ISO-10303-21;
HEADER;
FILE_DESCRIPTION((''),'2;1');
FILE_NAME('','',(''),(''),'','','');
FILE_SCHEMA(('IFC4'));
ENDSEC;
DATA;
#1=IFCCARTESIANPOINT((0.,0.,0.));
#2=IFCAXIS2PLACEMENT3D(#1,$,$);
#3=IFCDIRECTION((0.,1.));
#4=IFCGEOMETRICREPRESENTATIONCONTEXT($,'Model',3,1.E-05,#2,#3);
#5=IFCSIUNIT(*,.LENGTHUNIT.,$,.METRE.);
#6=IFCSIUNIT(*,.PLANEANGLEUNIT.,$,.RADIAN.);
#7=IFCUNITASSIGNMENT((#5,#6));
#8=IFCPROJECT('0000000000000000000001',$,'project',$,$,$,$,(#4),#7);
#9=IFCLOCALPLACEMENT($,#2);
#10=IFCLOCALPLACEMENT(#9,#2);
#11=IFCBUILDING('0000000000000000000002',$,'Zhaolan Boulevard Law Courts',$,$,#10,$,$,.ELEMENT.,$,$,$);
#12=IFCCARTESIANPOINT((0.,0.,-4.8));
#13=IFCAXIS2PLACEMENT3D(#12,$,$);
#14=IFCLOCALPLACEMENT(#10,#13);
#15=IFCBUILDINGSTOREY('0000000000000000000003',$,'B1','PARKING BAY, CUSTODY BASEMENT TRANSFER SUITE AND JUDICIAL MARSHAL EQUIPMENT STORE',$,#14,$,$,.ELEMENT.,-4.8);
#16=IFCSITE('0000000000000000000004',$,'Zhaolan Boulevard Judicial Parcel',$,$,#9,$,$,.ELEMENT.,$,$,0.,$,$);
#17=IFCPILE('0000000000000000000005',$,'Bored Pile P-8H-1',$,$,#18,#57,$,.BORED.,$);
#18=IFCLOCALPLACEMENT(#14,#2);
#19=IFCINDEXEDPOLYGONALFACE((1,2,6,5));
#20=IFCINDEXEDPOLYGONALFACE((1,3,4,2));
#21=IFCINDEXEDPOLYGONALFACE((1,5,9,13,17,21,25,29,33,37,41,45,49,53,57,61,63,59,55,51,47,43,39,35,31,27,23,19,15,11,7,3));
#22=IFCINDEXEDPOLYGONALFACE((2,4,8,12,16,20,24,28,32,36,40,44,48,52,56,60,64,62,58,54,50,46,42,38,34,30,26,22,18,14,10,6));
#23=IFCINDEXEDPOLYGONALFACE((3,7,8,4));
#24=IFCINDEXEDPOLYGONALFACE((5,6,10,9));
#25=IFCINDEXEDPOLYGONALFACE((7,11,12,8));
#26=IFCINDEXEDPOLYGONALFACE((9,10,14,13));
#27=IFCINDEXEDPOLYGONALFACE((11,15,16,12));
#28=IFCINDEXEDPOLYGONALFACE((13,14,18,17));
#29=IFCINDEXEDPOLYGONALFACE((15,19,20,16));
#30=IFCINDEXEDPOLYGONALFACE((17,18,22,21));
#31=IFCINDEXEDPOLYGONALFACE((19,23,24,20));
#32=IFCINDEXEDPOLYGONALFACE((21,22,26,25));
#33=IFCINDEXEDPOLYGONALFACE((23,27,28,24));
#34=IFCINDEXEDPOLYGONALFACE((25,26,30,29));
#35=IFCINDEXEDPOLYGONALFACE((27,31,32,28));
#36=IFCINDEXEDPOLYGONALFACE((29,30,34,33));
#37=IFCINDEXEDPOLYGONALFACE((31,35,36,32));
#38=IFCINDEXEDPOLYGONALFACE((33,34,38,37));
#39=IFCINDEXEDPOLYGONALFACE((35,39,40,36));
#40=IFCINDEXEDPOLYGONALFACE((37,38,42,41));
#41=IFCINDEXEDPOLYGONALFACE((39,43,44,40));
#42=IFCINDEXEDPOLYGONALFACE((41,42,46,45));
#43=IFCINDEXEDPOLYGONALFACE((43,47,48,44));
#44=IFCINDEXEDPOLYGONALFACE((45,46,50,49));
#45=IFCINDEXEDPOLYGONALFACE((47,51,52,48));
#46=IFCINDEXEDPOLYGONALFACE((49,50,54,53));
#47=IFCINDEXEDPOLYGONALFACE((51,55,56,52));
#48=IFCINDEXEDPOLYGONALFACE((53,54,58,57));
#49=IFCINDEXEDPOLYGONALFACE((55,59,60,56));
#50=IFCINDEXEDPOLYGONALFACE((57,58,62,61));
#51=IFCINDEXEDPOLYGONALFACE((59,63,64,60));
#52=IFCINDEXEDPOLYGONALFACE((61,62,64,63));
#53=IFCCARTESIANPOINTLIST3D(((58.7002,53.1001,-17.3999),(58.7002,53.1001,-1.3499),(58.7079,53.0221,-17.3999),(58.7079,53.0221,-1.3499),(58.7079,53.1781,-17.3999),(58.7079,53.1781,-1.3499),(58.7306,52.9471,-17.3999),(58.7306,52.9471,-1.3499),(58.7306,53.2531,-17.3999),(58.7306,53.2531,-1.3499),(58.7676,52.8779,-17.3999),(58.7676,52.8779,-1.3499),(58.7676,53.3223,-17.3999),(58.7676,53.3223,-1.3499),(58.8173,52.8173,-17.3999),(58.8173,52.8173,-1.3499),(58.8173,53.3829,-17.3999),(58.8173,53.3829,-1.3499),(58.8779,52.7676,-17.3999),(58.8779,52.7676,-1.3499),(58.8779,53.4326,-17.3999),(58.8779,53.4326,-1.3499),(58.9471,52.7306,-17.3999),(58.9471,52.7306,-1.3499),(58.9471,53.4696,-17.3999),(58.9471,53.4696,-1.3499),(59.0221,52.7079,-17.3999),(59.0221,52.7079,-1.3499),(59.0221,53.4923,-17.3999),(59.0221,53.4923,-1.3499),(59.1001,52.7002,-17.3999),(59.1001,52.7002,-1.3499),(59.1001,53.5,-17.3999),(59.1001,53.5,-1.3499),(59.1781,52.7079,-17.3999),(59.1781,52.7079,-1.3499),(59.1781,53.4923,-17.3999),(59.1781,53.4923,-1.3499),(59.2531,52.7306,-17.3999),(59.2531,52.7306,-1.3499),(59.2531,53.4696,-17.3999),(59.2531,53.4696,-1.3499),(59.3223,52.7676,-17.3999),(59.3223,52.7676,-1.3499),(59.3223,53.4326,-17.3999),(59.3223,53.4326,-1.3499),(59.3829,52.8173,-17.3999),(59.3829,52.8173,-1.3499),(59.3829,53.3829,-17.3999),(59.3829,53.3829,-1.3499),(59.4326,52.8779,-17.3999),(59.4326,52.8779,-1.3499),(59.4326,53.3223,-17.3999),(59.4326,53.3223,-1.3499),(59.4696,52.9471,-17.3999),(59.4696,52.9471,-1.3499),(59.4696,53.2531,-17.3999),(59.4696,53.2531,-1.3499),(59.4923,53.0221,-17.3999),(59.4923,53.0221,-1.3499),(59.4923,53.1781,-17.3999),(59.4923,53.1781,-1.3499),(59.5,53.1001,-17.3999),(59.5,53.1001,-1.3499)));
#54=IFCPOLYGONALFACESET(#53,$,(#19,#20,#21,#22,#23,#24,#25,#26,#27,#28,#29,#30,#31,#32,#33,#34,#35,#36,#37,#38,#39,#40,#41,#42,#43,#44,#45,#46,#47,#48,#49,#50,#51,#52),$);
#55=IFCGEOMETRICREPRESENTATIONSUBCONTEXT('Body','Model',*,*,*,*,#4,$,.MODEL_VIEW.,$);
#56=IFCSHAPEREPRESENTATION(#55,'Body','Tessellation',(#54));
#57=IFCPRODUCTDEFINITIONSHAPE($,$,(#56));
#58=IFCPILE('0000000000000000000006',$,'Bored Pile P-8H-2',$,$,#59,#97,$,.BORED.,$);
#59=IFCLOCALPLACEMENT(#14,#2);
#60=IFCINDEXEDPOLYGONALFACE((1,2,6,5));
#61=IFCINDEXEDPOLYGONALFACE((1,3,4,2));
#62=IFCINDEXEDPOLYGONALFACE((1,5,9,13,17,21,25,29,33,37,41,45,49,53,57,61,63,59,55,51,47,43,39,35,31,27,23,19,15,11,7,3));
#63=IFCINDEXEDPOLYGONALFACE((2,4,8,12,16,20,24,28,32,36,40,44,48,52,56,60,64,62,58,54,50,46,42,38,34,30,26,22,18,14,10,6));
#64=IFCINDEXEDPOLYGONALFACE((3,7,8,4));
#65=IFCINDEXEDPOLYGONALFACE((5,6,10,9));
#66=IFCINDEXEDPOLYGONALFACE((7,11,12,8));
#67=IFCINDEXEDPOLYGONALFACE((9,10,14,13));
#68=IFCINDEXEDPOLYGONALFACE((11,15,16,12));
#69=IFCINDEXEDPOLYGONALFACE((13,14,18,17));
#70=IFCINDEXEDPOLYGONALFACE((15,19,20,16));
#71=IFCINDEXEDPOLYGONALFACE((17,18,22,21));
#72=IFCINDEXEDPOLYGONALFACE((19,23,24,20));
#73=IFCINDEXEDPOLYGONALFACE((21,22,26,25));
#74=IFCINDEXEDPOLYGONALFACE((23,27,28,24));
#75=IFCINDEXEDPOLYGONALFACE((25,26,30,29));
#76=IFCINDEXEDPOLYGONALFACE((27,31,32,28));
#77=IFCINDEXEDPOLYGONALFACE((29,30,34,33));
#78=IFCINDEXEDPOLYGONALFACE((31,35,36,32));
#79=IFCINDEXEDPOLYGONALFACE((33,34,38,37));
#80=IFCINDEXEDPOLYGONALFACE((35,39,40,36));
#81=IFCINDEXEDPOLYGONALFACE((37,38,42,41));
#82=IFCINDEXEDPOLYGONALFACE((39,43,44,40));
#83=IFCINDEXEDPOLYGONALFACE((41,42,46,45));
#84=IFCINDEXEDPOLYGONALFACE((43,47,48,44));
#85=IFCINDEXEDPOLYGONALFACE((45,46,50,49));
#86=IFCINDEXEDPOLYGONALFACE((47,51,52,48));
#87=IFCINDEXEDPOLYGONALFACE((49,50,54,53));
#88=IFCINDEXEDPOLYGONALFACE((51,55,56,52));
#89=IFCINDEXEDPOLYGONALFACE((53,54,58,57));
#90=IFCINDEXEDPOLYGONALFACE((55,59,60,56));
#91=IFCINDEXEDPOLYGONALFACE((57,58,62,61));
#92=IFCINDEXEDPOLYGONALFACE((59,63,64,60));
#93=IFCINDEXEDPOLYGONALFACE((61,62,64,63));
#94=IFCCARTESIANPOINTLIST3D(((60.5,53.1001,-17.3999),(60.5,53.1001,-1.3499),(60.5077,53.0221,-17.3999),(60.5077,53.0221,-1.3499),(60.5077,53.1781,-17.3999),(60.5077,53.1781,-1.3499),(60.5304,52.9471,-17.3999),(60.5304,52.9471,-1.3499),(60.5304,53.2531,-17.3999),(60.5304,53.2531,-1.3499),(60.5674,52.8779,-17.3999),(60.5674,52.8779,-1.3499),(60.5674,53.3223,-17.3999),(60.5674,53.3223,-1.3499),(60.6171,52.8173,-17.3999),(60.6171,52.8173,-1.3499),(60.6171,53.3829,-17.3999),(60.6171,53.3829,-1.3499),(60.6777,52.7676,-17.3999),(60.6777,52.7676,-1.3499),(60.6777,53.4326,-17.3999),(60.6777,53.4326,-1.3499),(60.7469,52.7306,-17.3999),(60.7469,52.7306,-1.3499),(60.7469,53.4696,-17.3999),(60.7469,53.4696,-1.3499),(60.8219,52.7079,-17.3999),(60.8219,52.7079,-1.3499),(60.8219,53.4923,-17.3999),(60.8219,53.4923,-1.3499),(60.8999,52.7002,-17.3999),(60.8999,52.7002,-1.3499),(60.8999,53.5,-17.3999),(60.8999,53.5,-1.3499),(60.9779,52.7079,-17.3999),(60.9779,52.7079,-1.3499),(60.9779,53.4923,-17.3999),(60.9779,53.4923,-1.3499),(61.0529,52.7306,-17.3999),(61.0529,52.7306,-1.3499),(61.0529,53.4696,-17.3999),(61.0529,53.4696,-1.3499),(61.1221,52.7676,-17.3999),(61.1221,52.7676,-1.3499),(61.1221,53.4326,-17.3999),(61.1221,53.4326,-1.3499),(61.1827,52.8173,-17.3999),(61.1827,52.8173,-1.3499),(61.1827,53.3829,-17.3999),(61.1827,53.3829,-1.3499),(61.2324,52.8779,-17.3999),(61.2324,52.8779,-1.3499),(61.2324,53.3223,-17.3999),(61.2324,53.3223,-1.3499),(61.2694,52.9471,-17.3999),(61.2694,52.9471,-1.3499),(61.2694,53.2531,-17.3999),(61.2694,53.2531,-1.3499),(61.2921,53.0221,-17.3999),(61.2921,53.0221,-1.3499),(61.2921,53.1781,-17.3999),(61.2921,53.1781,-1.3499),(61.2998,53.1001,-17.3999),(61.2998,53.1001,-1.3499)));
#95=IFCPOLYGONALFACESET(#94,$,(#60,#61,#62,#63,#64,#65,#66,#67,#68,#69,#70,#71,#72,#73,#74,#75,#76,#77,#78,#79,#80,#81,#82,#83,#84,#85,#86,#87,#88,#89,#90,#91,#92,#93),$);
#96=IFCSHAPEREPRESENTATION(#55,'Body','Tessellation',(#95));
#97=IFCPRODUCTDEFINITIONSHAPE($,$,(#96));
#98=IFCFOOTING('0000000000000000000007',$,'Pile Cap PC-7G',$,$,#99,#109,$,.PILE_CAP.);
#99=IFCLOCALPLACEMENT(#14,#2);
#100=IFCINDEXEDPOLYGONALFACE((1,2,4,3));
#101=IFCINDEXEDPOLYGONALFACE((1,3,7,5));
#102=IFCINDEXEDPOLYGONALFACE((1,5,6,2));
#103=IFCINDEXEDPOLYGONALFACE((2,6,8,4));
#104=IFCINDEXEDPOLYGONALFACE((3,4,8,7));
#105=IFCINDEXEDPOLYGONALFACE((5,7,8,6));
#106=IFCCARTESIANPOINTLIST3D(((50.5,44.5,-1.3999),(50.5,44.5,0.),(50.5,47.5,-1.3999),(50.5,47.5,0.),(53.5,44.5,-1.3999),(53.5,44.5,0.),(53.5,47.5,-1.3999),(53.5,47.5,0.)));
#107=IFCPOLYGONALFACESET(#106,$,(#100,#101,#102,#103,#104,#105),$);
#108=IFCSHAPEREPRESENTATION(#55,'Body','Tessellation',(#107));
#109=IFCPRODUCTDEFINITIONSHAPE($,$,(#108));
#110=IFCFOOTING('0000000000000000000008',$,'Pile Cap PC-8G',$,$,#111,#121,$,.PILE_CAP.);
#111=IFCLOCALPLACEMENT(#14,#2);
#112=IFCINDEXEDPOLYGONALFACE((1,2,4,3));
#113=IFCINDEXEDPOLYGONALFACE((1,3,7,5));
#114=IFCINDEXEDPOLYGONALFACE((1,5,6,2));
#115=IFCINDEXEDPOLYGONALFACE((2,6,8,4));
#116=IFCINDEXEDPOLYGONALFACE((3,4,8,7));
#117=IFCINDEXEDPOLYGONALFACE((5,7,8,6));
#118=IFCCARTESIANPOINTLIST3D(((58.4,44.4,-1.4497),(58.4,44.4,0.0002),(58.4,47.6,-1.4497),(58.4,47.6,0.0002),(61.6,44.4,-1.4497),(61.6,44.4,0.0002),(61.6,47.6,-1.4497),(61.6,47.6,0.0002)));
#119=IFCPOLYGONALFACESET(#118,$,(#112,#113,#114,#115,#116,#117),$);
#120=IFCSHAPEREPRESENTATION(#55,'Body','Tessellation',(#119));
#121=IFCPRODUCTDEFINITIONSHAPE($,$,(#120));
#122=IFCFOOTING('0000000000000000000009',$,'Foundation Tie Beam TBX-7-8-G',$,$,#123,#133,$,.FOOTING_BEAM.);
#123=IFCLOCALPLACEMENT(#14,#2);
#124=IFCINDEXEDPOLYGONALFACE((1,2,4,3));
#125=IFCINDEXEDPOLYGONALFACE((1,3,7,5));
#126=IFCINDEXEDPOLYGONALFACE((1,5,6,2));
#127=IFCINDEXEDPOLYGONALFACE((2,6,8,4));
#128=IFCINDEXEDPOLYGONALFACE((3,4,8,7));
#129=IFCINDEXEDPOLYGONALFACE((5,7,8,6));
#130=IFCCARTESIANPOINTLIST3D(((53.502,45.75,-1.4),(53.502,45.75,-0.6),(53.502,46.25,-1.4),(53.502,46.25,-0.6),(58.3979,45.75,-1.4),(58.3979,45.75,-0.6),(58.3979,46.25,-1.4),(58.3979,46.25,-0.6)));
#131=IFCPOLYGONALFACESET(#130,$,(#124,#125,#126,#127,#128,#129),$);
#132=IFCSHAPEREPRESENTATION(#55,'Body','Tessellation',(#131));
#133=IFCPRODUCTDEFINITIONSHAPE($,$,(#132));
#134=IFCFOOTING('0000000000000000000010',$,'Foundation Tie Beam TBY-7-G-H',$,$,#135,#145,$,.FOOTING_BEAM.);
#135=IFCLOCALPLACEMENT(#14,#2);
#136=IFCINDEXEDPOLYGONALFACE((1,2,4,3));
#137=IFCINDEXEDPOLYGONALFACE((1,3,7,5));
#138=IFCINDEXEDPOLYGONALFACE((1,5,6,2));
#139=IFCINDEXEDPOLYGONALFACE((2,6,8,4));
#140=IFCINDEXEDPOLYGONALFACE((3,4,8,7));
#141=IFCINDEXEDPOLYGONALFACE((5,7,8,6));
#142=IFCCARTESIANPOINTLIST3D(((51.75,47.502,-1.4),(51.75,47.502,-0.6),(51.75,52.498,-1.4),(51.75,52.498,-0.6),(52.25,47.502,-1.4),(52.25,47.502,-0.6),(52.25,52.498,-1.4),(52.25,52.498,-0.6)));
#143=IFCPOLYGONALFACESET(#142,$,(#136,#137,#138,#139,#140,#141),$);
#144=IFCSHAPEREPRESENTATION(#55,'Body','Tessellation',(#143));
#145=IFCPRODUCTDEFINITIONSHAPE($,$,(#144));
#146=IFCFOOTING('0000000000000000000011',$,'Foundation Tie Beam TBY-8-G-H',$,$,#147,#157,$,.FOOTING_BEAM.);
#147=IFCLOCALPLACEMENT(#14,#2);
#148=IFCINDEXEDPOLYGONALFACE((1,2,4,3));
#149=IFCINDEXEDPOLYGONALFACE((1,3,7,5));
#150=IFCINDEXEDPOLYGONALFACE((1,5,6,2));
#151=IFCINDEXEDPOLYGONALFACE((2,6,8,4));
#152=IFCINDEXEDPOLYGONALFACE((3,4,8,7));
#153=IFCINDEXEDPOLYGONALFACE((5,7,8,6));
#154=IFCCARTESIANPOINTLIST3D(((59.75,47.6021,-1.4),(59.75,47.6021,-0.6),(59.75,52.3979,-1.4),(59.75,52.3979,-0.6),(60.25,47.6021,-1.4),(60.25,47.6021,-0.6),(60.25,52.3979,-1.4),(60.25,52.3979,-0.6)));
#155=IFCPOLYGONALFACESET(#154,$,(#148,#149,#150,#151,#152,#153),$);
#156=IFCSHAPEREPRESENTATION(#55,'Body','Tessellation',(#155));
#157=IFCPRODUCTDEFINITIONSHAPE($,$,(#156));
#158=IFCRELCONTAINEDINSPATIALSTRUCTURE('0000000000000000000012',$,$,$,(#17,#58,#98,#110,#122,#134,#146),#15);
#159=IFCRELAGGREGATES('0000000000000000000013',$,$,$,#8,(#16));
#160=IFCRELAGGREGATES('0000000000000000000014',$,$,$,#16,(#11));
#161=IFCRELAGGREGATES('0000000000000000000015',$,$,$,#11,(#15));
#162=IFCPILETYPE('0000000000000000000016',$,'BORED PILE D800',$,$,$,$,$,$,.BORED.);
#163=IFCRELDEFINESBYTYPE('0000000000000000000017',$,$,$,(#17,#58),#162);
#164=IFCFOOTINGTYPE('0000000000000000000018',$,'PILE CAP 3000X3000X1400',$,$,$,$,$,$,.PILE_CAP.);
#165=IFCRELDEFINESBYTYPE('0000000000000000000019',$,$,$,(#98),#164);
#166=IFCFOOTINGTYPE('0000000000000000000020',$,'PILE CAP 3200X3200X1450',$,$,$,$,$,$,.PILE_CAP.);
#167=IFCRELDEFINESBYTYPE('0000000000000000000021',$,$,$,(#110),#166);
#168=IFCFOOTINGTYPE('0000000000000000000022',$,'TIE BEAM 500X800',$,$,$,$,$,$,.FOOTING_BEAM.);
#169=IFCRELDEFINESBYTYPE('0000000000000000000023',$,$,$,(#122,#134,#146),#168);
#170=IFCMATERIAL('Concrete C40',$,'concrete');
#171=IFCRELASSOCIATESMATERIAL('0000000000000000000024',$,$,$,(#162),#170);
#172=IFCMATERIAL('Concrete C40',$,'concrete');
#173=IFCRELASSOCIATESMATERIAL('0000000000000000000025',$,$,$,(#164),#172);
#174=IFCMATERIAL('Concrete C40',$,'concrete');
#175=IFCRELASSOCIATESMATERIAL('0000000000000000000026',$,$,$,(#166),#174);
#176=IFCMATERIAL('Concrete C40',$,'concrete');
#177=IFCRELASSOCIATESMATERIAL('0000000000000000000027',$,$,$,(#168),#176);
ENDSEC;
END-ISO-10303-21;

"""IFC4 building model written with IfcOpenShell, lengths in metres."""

from ifc_helpers import new_model, si_unit, direction, frame, origin, origin_2d, place, context, subcontext, project, spatial, rectangle, circle, extrude, material, material_profile, profile_set, type_object, element, save


model = new_model("IFC4")

# Units and contexts
model_context = context("Model", 3, precision=1e-05, world=origin(), true_north=direction((0.0, 1.0)))
body_context = subcontext(model_context, "Body", "Model", "MODEL_VIEW")
ifc_project = project(units=[si_unit("LENGTHUNIT", "METRE"), si_unit("PLANEANGLEUNIT", "RADIAN")], contexts=[model_context])

# Site, building, storey
site_placement = place(None, origin())
site = spatial("IfcSite", under=ifc_project, at=site_placement, Name="Zhaolan Boulevard Judicial Parcel", CompositionType="ELEMENT", RefElevation=0.0)
building_placement = place(site_placement, origin())
building = spatial("IfcBuilding", under=site, at=building_placement, Name="Zhaolan Boulevard Law Courts", CompositionType="ELEMENT")
storey_placement = place(building_placement, frame((0.0, 0.0, -4.8)))
storey = spatial("IfcBuildingStorey", under=building, at=storey_placement, Name="B1", Description="PARKING BAY, CUSTODY BASEMENT TRANSFER SUITE AND JUDICIAL MARSHAL EQUIPMENT STORE", CompositionType="ELEMENT", Elevation=-4.8)

# Piles
ifc_material_1 = material(Name="Concrete C40", Category="concrete")
ifc_material_profile_1 = material_profile(ifc_material_1, circle(Radius=0.3999, at=origin_2d()), Name="PILE-D800")
ifc_profile_set_1 = profile_set([ifc_material_profile_1], Name="Concrete C40")
pile_type = type_object("IfcPileType", Name="BORED PILE D800", PredefinedType="BORED", material=ifc_profile_set_1)
for number, where, z_axis, x_axis, name in (
    (1, (59.1001, 53.1001, -1.3499), (0.0, 0.0, -1.0), (1.0, 0.0, 0.0), "Bored Pile P-8H-1"),
    (2, (60.8999, 53.1001, -1.3499), (0.0, 0.0, -1.0), (1.0, 0.0, 0.0), "Bored Pile P-8H-2"),
):
    element("IfcPile", number, at=place(storey_placement, frame(where, z_axis=z_axis, x_axis=x_axis)), inside=storey, type_object=pile_type, Name=name, PredefinedType="BORED", context=body_context, shape_type="SweptSolid", body=[
        extrude(circle(Radius=0.3999, at=origin_2d()), origin(), (0.0, 0.0, 1.0), 16.05),
    ])

# Footings
ifc_material_2 = material(Name="Concrete C40", Category="concrete")
footing_type_1 = type_object("IfcFootingType", Name="PILE CAP 3000X3000X1400", PredefinedType="PILE_CAP", material=ifc_material_2)
footing_1_placement = place(storey_placement, frame((52.0, 46.0, -1.3999), z_axis=(0.0, 0.0, 1.0), x_axis=(1.0, 0.0, 0.0)))
element("IfcFooting", 3, at=footing_1_placement, inside=storey, type_object=footing_type_1, Name="Pile Cap PC-7G", PredefinedType="PILE_CAP", context=body_context, shape_type="SweptSolid", body=[
    extrude(rectangle(XDim=3.0, YDim=3.0, at=origin_2d()), origin(), (0.0, 0.0, 1.0), 1.3999),
])
ifc_material_3 = material(Name="Concrete C40", Category="concrete")
footing_type_2 = type_object("IfcFootingType", Name="PILE CAP 3200X3200X1450", PredefinedType="PILE_CAP", material=ifc_material_3)
footing_2_placement = place(storey_placement, frame((60.0, 46.0, -1.4497), z_axis=(0.0, 0.0, 1.0), x_axis=(1.0, 0.0, 0.0)))
element("IfcFooting", 4, at=footing_2_placement, inside=storey, type_object=footing_type_2, Name="Pile Cap PC-8G", PredefinedType="PILE_CAP", context=body_context, shape_type="SweptSolid", body=[
    extrude(rectangle(XDim=3.2, YDim=3.2, at=origin_2d()), origin(), (0.0, 0.0, 1.0), 1.45),
])
ifc_material_4 = material(Name="Concrete C40", Category="concrete")
ifc_material_profile_2 = material_profile(ifc_material_4, rectangle(XDim=0.5, YDim=0.8, at=origin_2d()), Name="RC500x800")
ifc_profile_set_2 = profile_set([ifc_material_profile_2], Name="Concrete C40")
footing_type_3 = type_object("IfcFootingType", Name="TIE BEAM 500X800", PredefinedType="FOOTING_BEAM", material=ifc_profile_set_2)
footing_3_placement = place(storey_placement, frame((53.502, 46.0, -1.0), z_axis=(1.0, 0.0, 0.0), x_axis=(0.0, 1.0, 0.0)))
element("IfcFooting", 5, at=footing_3_placement, inside=storey, type_object=footing_type_3, Name="Foundation Tie Beam TBX-7-8-G", PredefinedType="FOOTING_BEAM", context=body_context, shape_type="SweptSolid", body=[
    extrude(rectangle(XDim=0.5, YDim=0.8, at=origin_2d()), origin(), (0.0, 0.0, 1.0), 4.896),
])
footing_4_placement = place(storey_placement, frame((52.0, 47.502, -1.0), z_axis=(0.0, 1.0, 0.0), x_axis=(-1.0, 0.0, 0.0)))
element("IfcFooting", 6, at=footing_4_placement, inside=storey, type_object=footing_type_3, Name="Foundation Tie Beam TBY-7-G-H", PredefinedType="FOOTING_BEAM", context=body_context, shape_type="SweptSolid", body=[
    extrude(rectangle(XDim=0.5, YDim=0.8, at=origin_2d()), origin(), (0.0, 0.0, 1.0), 4.9961),
])
footing_5_placement = place(storey_placement, frame((60.0, 47.6021, -1.0), z_axis=(0.0, 1.0, 0.0), x_axis=(-1.0, 0.0, 0.0)))
element("IfcFooting", 7, at=footing_5_placement, inside=storey, type_object=footing_type_3, Name="Foundation Tie Beam TBY-8-G-H", PredefinedType="FOOTING_BEAM", context=body_context, shape_type="SweptSolid", body=[
    extrude(rectangle(XDim=0.5, YDim=0.8, at=origin_2d()), origin(), (0.0, 0.0, 1.0), 4.7959),
])

save(model, "model.ifc")
